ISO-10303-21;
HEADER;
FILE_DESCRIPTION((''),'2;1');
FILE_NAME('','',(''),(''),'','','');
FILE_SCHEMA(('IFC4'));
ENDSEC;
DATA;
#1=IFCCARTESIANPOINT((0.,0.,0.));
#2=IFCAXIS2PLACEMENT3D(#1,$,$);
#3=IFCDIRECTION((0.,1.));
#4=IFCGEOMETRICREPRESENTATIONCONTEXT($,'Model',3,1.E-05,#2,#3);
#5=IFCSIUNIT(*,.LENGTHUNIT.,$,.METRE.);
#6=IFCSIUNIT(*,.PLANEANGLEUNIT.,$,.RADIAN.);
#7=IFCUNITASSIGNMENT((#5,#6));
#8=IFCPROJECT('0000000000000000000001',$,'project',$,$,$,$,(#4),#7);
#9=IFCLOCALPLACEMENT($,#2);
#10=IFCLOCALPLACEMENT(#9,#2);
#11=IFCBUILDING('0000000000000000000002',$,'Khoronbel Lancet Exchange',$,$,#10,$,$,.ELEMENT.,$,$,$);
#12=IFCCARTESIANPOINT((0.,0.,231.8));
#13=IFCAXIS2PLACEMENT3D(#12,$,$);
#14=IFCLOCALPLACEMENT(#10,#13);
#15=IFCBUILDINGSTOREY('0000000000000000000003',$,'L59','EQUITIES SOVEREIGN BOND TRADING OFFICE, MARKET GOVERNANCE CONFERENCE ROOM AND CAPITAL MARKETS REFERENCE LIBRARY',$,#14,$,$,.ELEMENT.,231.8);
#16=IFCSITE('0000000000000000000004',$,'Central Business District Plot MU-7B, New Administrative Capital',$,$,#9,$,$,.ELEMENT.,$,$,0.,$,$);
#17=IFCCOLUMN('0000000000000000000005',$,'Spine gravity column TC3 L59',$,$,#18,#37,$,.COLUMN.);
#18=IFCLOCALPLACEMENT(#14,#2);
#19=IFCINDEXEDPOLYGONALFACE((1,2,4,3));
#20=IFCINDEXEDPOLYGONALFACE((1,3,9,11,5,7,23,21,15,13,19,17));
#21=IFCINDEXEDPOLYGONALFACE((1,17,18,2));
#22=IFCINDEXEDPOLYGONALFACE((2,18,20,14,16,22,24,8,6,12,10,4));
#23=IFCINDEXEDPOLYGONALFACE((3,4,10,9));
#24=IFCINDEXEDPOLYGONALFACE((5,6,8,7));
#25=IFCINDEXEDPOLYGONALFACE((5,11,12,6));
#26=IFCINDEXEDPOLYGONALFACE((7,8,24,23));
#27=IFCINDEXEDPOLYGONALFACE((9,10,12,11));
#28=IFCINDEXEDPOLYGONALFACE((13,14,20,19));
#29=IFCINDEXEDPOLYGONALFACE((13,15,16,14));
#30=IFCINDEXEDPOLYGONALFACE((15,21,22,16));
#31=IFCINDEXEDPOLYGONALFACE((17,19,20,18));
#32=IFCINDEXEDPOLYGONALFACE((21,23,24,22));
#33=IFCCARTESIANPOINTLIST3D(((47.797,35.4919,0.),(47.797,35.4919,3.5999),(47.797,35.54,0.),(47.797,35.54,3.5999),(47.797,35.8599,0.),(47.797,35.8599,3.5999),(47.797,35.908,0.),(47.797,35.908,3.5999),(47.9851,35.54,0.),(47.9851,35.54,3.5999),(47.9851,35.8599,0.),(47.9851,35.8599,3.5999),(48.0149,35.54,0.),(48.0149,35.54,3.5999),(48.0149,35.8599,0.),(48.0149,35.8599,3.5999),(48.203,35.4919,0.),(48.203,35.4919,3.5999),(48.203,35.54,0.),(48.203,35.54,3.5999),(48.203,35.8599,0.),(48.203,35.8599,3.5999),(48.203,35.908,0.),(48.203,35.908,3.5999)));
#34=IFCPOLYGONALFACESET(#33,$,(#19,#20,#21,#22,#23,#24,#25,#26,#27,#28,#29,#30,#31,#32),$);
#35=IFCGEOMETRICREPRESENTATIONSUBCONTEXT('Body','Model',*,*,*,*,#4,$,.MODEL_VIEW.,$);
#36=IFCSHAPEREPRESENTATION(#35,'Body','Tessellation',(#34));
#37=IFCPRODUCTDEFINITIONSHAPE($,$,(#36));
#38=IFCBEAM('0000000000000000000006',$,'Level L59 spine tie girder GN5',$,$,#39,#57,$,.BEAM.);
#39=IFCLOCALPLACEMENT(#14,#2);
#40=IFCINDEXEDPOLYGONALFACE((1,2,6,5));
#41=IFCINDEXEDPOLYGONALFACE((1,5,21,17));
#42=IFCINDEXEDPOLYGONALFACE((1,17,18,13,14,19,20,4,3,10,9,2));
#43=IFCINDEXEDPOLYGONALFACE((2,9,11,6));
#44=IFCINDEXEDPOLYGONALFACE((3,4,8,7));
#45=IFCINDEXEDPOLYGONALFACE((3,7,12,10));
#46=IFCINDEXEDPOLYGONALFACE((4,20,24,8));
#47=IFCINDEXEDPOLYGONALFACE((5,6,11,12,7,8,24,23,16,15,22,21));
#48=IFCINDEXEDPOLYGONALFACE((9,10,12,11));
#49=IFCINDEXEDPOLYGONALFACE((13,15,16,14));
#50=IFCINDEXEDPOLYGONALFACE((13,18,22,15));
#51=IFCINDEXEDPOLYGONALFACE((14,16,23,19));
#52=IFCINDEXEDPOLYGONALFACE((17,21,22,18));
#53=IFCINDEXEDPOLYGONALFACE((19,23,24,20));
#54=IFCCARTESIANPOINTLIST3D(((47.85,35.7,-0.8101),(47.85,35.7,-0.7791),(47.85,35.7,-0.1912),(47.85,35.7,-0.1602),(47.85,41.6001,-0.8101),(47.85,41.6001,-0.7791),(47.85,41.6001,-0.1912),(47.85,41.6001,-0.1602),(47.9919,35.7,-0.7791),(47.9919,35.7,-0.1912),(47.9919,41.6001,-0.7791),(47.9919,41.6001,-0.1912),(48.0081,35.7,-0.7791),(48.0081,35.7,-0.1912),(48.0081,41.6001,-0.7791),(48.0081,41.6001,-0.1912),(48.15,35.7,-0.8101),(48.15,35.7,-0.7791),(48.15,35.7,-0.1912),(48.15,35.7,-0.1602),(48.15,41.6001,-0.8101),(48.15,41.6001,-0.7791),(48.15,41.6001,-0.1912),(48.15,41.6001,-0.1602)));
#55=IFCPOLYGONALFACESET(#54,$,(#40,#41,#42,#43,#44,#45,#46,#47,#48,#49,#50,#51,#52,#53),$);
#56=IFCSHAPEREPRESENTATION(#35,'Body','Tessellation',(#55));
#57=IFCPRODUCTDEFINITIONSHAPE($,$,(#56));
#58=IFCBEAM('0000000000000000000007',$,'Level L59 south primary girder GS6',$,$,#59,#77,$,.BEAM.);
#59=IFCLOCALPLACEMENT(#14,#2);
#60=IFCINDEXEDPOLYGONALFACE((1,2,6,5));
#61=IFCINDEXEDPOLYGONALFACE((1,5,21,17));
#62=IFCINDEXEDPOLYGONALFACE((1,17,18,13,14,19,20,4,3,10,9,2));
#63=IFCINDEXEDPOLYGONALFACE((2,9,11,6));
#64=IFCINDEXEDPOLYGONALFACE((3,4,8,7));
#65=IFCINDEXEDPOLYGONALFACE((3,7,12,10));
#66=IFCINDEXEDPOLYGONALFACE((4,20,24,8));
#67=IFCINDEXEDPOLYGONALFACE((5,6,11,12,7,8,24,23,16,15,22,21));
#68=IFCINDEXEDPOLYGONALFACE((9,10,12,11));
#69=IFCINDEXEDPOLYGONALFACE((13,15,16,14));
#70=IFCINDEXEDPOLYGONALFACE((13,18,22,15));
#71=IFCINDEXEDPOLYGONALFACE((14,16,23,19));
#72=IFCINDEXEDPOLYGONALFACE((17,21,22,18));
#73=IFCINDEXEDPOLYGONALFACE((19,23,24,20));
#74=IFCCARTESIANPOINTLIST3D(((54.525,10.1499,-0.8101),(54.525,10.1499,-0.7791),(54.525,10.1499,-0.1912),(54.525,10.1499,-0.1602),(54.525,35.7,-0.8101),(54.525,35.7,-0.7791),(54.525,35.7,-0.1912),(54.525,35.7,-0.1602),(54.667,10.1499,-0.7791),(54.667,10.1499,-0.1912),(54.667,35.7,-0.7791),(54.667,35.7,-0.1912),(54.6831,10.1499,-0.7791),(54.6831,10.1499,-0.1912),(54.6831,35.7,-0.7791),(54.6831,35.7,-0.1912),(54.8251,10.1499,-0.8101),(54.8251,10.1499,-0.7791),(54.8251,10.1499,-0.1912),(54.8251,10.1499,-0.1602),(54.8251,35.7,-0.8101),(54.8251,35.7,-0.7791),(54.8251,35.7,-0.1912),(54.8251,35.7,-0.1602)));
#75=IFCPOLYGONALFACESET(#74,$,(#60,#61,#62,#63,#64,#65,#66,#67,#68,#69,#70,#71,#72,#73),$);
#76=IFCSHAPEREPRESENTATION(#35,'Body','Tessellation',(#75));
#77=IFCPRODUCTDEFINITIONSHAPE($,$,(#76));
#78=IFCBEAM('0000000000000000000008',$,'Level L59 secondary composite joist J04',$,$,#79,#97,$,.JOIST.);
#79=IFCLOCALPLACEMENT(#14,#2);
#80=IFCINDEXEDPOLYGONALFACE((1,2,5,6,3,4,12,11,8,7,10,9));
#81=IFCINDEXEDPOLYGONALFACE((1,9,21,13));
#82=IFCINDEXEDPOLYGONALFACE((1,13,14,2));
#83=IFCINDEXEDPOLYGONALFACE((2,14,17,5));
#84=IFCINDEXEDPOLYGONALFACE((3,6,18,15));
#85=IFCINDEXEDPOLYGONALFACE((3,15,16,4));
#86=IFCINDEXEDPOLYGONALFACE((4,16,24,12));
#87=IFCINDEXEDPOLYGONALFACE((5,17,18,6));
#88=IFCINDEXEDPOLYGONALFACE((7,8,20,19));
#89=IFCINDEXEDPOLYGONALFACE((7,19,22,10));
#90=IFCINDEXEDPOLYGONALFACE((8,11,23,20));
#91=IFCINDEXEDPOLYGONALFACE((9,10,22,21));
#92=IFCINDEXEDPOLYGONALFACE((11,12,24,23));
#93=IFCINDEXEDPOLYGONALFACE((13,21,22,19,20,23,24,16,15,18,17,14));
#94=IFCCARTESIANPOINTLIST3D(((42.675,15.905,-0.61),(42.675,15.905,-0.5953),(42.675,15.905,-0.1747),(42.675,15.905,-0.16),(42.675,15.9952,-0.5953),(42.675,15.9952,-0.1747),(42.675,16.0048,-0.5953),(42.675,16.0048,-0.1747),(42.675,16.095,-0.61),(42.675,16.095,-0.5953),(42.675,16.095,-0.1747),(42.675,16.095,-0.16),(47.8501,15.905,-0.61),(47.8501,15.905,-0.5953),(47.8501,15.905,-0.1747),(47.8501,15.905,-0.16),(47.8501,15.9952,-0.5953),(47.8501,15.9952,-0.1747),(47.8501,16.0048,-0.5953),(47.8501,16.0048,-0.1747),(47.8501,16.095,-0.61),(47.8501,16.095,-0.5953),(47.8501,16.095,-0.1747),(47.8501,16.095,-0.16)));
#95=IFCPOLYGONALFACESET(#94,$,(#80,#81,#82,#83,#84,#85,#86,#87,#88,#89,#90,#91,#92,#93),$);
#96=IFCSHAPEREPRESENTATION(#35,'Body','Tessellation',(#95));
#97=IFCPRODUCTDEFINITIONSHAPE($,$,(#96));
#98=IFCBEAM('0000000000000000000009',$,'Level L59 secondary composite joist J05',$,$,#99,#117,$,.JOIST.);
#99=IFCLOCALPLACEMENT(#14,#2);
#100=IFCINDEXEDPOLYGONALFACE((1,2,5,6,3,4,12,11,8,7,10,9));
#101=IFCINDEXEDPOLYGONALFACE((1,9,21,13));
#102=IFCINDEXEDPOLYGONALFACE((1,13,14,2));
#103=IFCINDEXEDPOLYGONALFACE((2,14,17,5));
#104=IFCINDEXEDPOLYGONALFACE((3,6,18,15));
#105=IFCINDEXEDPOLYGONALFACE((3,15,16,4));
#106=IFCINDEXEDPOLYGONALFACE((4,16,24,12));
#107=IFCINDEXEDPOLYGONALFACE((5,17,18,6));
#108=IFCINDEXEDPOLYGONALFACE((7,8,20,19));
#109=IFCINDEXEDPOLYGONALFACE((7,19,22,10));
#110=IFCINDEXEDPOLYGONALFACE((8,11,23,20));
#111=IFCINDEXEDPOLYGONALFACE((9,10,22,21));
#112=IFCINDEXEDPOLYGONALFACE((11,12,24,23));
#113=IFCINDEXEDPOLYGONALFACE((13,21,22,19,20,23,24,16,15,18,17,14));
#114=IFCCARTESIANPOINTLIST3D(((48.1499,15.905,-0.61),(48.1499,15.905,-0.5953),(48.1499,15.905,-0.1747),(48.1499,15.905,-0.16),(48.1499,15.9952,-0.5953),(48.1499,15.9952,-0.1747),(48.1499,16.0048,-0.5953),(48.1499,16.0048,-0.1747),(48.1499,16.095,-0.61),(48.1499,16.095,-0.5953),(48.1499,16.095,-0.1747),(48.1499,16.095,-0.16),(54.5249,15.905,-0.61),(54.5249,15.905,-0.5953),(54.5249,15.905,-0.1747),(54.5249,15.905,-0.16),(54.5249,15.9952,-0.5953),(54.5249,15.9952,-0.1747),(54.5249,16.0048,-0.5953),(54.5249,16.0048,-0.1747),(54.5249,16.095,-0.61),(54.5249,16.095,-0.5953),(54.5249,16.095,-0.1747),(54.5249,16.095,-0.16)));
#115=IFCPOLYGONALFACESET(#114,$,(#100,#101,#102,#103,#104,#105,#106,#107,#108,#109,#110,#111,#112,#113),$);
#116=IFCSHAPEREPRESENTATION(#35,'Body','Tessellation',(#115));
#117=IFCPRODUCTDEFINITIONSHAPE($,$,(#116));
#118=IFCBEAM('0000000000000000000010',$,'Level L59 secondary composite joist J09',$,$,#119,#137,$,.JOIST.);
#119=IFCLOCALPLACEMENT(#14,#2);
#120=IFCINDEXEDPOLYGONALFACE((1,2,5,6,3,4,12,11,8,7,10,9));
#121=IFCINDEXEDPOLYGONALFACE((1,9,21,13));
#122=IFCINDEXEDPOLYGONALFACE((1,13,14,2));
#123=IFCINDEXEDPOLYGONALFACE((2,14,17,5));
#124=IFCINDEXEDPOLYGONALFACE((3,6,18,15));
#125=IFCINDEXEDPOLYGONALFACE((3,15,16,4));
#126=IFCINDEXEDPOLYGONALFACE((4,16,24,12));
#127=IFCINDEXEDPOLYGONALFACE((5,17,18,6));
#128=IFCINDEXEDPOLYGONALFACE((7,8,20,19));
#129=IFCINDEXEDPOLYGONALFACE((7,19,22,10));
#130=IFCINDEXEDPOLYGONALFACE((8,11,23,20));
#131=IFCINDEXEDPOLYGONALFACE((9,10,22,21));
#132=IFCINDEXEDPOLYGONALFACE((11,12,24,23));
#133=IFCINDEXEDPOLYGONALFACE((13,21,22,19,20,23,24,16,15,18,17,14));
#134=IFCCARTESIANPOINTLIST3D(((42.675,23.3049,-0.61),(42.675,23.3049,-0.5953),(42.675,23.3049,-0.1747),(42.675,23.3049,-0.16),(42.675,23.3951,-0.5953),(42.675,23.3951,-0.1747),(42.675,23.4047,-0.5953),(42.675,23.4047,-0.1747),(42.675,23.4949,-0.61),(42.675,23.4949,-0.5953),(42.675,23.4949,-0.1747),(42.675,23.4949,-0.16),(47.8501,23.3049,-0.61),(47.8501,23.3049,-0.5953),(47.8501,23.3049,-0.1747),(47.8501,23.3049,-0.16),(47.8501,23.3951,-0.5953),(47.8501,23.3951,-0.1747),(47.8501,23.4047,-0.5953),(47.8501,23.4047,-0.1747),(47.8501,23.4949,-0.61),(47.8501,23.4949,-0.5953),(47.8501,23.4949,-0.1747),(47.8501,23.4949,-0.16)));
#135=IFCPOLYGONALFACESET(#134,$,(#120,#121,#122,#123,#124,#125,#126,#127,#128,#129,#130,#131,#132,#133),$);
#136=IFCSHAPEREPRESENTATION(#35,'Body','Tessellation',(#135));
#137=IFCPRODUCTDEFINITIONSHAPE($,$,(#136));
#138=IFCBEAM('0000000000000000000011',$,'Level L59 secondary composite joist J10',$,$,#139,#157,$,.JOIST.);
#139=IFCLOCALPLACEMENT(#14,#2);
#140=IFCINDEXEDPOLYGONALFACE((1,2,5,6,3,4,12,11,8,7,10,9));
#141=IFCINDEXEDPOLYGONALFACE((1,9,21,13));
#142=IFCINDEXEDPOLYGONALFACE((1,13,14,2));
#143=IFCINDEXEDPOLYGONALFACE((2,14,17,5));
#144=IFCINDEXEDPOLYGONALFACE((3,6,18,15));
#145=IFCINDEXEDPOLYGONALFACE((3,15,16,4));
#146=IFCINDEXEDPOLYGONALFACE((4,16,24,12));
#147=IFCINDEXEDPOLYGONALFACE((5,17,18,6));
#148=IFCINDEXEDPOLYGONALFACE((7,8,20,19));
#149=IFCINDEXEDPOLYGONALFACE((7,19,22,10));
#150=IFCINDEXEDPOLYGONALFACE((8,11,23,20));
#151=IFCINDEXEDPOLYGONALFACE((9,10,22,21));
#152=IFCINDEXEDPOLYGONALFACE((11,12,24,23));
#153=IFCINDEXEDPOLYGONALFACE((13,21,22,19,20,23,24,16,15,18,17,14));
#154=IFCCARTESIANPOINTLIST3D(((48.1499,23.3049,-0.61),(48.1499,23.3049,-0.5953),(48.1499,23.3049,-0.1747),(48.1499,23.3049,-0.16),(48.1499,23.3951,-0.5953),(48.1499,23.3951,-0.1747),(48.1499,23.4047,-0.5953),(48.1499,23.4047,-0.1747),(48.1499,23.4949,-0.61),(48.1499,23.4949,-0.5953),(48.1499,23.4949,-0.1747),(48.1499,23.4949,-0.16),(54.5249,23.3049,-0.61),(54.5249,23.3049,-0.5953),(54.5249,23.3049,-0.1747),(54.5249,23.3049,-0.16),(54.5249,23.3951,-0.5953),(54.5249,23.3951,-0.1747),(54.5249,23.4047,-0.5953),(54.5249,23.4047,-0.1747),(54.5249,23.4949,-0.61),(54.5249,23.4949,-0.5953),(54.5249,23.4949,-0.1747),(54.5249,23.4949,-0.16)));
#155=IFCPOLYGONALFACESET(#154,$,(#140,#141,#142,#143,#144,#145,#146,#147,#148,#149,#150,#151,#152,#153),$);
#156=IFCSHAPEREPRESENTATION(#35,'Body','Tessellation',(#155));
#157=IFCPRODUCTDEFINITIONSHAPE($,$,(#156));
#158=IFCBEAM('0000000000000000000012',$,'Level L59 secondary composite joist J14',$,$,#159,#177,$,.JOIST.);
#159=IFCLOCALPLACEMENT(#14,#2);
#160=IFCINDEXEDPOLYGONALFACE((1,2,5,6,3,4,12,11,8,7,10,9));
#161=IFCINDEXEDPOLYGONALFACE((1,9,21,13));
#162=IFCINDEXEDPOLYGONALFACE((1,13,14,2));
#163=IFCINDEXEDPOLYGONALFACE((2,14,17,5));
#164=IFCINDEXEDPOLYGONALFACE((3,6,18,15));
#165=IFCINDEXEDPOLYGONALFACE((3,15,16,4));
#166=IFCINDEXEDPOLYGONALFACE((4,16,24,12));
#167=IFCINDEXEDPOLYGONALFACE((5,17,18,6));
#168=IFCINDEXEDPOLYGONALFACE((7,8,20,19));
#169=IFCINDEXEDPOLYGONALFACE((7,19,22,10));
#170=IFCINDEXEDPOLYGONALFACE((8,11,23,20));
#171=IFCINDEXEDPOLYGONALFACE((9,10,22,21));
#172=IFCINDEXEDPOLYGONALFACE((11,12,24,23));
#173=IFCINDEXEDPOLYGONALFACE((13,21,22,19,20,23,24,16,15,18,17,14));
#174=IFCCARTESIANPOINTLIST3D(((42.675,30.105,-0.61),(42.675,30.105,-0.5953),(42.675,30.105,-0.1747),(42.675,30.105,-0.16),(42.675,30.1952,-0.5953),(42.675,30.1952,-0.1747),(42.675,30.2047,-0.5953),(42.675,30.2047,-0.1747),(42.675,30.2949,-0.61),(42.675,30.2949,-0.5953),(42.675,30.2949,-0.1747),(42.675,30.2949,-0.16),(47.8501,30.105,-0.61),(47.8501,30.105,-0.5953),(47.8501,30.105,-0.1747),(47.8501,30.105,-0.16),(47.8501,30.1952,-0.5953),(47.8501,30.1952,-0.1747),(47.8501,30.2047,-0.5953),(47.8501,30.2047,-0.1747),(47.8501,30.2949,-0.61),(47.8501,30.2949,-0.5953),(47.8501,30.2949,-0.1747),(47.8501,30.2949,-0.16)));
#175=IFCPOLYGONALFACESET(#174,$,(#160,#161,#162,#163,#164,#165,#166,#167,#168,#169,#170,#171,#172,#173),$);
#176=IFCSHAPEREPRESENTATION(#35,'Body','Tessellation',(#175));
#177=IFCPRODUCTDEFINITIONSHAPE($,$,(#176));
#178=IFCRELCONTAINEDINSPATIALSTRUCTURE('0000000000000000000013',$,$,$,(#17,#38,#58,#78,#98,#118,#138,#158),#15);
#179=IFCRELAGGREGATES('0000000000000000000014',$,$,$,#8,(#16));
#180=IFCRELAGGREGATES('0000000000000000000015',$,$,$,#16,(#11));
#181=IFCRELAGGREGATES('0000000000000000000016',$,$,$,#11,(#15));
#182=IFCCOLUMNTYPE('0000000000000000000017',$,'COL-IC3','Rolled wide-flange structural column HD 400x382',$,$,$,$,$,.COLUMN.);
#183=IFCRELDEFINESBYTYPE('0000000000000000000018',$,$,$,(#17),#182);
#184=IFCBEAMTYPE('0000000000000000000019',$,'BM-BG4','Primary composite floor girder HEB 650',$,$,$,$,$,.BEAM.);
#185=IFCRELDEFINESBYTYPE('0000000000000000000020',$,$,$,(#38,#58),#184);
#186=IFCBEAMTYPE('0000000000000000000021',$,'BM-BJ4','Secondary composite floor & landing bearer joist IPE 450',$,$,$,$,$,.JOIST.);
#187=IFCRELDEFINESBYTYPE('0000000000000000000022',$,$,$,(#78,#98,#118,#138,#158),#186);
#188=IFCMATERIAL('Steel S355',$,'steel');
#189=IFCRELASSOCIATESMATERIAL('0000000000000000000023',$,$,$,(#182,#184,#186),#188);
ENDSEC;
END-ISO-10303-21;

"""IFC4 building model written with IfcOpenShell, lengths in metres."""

from ifc_helpers import new_model, si_unit, direction, frame, origin, origin_2d, place, context, subcontext, project, spatial, i_section, extrude, material, material_profile, profile_set, type_object, element, save


model = new_model("IFC4")

# Units and contexts
model_context = context("Model", 3, precision=1e-05, world=origin(), true_north=direction((0.0, 1.0)))
body_context = subcontext(model_context, "Body", "Model", "MODEL_VIEW")
ifc_project = project(units=[si_unit("LENGTHUNIT", "METRE"), si_unit("PLANEANGLEUNIT", "RADIAN")], contexts=[model_context])

# Site, building, storey
site_placement = place(None, origin())
site = spatial("IfcSite", under=ifc_project, at=site_placement, Name="Central Business District Plot MU-7B, New Administrative Capital", CompositionType="ELEMENT", RefElevation=0.0)
building_placement = place(site_placement, origin())
building = spatial("IfcBuilding", under=site, at=building_placement, Name="Khoronbel Lancet Exchange", CompositionType="ELEMENT")
storey_placement = place(building_placement, frame((0.0, 0.0, 231.8)))
storey = spatial("IfcBuildingStorey", under=building, at=storey_placement, Name="L59", Description="EQUITIES SOVEREIGN BOND TRADING OFFICE, MARKET GOVERNANCE CONFERENCE ROOM AND CAPITAL MARKETS REFERENCE LIBRARY", CompositionType="ELEMENT", Elevation=231.8)

# Column
ifc_material_1 = material(Name="Steel S355", Category="steel")
ifc_material_profile_1 = material_profile(ifc_material_1, i_section(OverallWidth=0.406, OverallDepth=0.416, WebThickness=0.0298, FlangeThickness=0.0481, at=origin_2d()), Name="HD 400x382")
ifc_profile_set_1 = profile_set([ifc_material_profile_1], Name="Steel S355")
column_type = type_object("IfcColumnType", Name="COL-IC3", Description="Rolled wide-flange structural column HD 400x382", PredefinedType="COLUMN", material=ifc_profile_set_1)
column_placement = place(storey_placement, frame((48.0, 35.7, 0.0), z_axis=(0.0, 0.0, 1.0), x_axis=(1.0, 0.0, 0.0)))
element("IfcColumn", 1, at=column_placement, inside=storey, type_object=column_type, Name="Spine gravity column TC3 L59", PredefinedType="COLUMN", context=body_context, shape_type="SweptSolid", body=[
    extrude(i_section(OverallWidth=0.406, OverallDepth=0.416, WebThickness=0.0298, FlangeThickness=0.0481, at=origin_2d()), origin(), (0.0, 0.0, 1.0), 3.5999),
])

# Beams
ifc_material_profile_2 = material_profile(ifc_material_1, i_section(OverallWidth=0.3, OverallDepth=0.6499, WebThickness=0.0161, FlangeThickness=0.031, at=origin_2d()), Name="HEB 650")
ifc_profile_set_2 = profile_set([ifc_material_profile_2], Name="Steel S355")
beam_type_1 = type_object("IfcBeamType", Name="BM-BG4", Description="Primary composite floor girder HEB 650", PredefinedType="BEAM", material=ifc_profile_set_2)
beam_1_placement = place(storey_placement, frame((48.0, 35.7, -0.4851), z_axis=(0.0, 1.0, 0.0), x_axis=(-1.0, 0.0, 0.0)))
element("IfcBeam", 2, at=beam_1_placement, inside=storey, type_object=beam_type_1, Name="Level L59 spine tie girder GN5", PredefinedType="BEAM", context=body_context, shape_type="SweptSolid", body=[
    extrude(i_section(OverallWidth=0.3, OverallDepth=0.6499, WebThickness=0.0161, FlangeThickness=0.031, at=origin_2d()), origin(), (0.0, 0.0, 1.0), 5.9001),
])
beam_2_placement = place(storey_placement, frame((54.675, 10.1499, -0.4851), z_axis=(0.0, 1.0, 0.0), x_axis=(-1.0, 0.0, 0.0)))
element("IfcBeam", 3, at=beam_2_placement, inside=storey, type_object=beam_type_1, Name="Level L59 south primary girder GS6", PredefinedType="BEAM", context=body_context, shape_type="SweptSolid", body=[
    extrude(i_section(OverallWidth=0.3, OverallDepth=0.6499, WebThickness=0.0161, FlangeThickness=0.031, at=origin_2d()), origin(), (0.0, 0.0, 1.0), 25.55),
])
ifc_material_profile_3 = material_profile(ifc_material_1, i_section(OverallWidth=0.1899, OverallDepth=0.45, WebThickness=0.0095, FlangeThickness=0.0146, at=origin_2d()), Name="IPE 450")
ifc_profile_set_3 = profile_set([ifc_material_profile_3], Name="Steel S355")
beam_type_2 = type_object("IfcBeamType", Name="BM-BJ4", Description="Secondary composite floor & landing bearer joist IPE 450", PredefinedType="JOIST", material=ifc_profile_set_3)
beam_3_placement = place(storey_placement, frame((42.675, 16.0, -0.385), z_axis=(1.0, 0.0, 0.0), x_axis=(0.0, 1.0, 0.0)))
element("IfcBeam", 4, at=beam_3_placement, inside=storey, type_object=beam_type_2, Name="Level L59 secondary composite joist J04", PredefinedType="JOIST", context=body_context, shape_type="SweptSolid", body=[
    extrude(i_section(OverallWidth=0.1899, OverallDepth=0.45, WebThickness=0.0095, FlangeThickness=0.0146, at=origin_2d()), origin(), (0.0, 0.0, 1.0), 5.175),
])
beam_4_placement = place(storey_placement, frame((48.1499, 16.0, -0.385), z_axis=(1.0, 0.0, 0.0), x_axis=(0.0, 1.0, 0.0)))
element("IfcBeam", 5, at=beam_4_placement, inside=storey, type_object=beam_type_2, Name="Level L59 secondary composite joist J05", PredefinedType="JOIST", context=body_context, shape_type="SweptSolid", body=[
    extrude(i_section(OverallWidth=0.1899, OverallDepth=0.45, WebThickness=0.0095, FlangeThickness=0.0146, at=origin_2d()), origin(), (0.0, 0.0, 1.0), 6.375),
])
beam_5_placement = place(storey_placement, frame((42.675, 23.3999, -0.385), z_axis=(1.0, 0.0, 0.0), x_axis=(0.0, 1.0, 0.0)))
element("IfcBeam", 6, at=beam_5_placement, inside=storey, type_object=beam_type_2, Name="Level L59 secondary composite joist J09", PredefinedType="JOIST", context=body_context, shape_type="SweptSolid", body=[
    extrude(i_section(OverallWidth=0.1899, OverallDepth=0.45, WebThickness=0.0095, FlangeThickness=0.0146, at=origin_2d()), origin(), (0.0, 0.0, 1.0), 5.175),
])
beam_6_placement = place(storey_placement, frame((48.1499, 23.3999, -0.385), z_axis=(1.0, 0.0, 0.0), x_axis=(0.0, 1.0, 0.0)))
element("IfcBeam", 7, at=beam_6_placement, inside=storey, type_object=beam_type_2, Name="Level L59 secondary composite joist J10", PredefinedType="JOIST", context=body_context, shape_type="SweptSolid", body=[
    extrude(i_section(OverallWidth=0.1899, OverallDepth=0.45, WebThickness=0.0095, FlangeThickness=0.0146, at=origin_2d()), origin(), (0.0, 0.0, 1.0), 6.375),
])
beam_7_placement = place(storey_placement, frame((42.675, 30.2, -0.385), z_axis=(1.0, 0.0, 0.0), x_axis=(0.0, 1.0, 0.0)))
element("IfcBeam", 8, at=beam_7_placement, inside=storey, type_object=beam_type_2, Name="Level L59 secondary composite joist J14", PredefinedType="JOIST", context=body_context, shape_type="SweptSolid", body=[
    extrude(i_section(OverallWidth=0.1899, OverallDepth=0.45, WebThickness=0.0095, FlangeThickness=0.0146, at=origin_2d()), origin(), (0.0, 0.0, 1.0), 5.175),
])

save(model, "model.ifc")
